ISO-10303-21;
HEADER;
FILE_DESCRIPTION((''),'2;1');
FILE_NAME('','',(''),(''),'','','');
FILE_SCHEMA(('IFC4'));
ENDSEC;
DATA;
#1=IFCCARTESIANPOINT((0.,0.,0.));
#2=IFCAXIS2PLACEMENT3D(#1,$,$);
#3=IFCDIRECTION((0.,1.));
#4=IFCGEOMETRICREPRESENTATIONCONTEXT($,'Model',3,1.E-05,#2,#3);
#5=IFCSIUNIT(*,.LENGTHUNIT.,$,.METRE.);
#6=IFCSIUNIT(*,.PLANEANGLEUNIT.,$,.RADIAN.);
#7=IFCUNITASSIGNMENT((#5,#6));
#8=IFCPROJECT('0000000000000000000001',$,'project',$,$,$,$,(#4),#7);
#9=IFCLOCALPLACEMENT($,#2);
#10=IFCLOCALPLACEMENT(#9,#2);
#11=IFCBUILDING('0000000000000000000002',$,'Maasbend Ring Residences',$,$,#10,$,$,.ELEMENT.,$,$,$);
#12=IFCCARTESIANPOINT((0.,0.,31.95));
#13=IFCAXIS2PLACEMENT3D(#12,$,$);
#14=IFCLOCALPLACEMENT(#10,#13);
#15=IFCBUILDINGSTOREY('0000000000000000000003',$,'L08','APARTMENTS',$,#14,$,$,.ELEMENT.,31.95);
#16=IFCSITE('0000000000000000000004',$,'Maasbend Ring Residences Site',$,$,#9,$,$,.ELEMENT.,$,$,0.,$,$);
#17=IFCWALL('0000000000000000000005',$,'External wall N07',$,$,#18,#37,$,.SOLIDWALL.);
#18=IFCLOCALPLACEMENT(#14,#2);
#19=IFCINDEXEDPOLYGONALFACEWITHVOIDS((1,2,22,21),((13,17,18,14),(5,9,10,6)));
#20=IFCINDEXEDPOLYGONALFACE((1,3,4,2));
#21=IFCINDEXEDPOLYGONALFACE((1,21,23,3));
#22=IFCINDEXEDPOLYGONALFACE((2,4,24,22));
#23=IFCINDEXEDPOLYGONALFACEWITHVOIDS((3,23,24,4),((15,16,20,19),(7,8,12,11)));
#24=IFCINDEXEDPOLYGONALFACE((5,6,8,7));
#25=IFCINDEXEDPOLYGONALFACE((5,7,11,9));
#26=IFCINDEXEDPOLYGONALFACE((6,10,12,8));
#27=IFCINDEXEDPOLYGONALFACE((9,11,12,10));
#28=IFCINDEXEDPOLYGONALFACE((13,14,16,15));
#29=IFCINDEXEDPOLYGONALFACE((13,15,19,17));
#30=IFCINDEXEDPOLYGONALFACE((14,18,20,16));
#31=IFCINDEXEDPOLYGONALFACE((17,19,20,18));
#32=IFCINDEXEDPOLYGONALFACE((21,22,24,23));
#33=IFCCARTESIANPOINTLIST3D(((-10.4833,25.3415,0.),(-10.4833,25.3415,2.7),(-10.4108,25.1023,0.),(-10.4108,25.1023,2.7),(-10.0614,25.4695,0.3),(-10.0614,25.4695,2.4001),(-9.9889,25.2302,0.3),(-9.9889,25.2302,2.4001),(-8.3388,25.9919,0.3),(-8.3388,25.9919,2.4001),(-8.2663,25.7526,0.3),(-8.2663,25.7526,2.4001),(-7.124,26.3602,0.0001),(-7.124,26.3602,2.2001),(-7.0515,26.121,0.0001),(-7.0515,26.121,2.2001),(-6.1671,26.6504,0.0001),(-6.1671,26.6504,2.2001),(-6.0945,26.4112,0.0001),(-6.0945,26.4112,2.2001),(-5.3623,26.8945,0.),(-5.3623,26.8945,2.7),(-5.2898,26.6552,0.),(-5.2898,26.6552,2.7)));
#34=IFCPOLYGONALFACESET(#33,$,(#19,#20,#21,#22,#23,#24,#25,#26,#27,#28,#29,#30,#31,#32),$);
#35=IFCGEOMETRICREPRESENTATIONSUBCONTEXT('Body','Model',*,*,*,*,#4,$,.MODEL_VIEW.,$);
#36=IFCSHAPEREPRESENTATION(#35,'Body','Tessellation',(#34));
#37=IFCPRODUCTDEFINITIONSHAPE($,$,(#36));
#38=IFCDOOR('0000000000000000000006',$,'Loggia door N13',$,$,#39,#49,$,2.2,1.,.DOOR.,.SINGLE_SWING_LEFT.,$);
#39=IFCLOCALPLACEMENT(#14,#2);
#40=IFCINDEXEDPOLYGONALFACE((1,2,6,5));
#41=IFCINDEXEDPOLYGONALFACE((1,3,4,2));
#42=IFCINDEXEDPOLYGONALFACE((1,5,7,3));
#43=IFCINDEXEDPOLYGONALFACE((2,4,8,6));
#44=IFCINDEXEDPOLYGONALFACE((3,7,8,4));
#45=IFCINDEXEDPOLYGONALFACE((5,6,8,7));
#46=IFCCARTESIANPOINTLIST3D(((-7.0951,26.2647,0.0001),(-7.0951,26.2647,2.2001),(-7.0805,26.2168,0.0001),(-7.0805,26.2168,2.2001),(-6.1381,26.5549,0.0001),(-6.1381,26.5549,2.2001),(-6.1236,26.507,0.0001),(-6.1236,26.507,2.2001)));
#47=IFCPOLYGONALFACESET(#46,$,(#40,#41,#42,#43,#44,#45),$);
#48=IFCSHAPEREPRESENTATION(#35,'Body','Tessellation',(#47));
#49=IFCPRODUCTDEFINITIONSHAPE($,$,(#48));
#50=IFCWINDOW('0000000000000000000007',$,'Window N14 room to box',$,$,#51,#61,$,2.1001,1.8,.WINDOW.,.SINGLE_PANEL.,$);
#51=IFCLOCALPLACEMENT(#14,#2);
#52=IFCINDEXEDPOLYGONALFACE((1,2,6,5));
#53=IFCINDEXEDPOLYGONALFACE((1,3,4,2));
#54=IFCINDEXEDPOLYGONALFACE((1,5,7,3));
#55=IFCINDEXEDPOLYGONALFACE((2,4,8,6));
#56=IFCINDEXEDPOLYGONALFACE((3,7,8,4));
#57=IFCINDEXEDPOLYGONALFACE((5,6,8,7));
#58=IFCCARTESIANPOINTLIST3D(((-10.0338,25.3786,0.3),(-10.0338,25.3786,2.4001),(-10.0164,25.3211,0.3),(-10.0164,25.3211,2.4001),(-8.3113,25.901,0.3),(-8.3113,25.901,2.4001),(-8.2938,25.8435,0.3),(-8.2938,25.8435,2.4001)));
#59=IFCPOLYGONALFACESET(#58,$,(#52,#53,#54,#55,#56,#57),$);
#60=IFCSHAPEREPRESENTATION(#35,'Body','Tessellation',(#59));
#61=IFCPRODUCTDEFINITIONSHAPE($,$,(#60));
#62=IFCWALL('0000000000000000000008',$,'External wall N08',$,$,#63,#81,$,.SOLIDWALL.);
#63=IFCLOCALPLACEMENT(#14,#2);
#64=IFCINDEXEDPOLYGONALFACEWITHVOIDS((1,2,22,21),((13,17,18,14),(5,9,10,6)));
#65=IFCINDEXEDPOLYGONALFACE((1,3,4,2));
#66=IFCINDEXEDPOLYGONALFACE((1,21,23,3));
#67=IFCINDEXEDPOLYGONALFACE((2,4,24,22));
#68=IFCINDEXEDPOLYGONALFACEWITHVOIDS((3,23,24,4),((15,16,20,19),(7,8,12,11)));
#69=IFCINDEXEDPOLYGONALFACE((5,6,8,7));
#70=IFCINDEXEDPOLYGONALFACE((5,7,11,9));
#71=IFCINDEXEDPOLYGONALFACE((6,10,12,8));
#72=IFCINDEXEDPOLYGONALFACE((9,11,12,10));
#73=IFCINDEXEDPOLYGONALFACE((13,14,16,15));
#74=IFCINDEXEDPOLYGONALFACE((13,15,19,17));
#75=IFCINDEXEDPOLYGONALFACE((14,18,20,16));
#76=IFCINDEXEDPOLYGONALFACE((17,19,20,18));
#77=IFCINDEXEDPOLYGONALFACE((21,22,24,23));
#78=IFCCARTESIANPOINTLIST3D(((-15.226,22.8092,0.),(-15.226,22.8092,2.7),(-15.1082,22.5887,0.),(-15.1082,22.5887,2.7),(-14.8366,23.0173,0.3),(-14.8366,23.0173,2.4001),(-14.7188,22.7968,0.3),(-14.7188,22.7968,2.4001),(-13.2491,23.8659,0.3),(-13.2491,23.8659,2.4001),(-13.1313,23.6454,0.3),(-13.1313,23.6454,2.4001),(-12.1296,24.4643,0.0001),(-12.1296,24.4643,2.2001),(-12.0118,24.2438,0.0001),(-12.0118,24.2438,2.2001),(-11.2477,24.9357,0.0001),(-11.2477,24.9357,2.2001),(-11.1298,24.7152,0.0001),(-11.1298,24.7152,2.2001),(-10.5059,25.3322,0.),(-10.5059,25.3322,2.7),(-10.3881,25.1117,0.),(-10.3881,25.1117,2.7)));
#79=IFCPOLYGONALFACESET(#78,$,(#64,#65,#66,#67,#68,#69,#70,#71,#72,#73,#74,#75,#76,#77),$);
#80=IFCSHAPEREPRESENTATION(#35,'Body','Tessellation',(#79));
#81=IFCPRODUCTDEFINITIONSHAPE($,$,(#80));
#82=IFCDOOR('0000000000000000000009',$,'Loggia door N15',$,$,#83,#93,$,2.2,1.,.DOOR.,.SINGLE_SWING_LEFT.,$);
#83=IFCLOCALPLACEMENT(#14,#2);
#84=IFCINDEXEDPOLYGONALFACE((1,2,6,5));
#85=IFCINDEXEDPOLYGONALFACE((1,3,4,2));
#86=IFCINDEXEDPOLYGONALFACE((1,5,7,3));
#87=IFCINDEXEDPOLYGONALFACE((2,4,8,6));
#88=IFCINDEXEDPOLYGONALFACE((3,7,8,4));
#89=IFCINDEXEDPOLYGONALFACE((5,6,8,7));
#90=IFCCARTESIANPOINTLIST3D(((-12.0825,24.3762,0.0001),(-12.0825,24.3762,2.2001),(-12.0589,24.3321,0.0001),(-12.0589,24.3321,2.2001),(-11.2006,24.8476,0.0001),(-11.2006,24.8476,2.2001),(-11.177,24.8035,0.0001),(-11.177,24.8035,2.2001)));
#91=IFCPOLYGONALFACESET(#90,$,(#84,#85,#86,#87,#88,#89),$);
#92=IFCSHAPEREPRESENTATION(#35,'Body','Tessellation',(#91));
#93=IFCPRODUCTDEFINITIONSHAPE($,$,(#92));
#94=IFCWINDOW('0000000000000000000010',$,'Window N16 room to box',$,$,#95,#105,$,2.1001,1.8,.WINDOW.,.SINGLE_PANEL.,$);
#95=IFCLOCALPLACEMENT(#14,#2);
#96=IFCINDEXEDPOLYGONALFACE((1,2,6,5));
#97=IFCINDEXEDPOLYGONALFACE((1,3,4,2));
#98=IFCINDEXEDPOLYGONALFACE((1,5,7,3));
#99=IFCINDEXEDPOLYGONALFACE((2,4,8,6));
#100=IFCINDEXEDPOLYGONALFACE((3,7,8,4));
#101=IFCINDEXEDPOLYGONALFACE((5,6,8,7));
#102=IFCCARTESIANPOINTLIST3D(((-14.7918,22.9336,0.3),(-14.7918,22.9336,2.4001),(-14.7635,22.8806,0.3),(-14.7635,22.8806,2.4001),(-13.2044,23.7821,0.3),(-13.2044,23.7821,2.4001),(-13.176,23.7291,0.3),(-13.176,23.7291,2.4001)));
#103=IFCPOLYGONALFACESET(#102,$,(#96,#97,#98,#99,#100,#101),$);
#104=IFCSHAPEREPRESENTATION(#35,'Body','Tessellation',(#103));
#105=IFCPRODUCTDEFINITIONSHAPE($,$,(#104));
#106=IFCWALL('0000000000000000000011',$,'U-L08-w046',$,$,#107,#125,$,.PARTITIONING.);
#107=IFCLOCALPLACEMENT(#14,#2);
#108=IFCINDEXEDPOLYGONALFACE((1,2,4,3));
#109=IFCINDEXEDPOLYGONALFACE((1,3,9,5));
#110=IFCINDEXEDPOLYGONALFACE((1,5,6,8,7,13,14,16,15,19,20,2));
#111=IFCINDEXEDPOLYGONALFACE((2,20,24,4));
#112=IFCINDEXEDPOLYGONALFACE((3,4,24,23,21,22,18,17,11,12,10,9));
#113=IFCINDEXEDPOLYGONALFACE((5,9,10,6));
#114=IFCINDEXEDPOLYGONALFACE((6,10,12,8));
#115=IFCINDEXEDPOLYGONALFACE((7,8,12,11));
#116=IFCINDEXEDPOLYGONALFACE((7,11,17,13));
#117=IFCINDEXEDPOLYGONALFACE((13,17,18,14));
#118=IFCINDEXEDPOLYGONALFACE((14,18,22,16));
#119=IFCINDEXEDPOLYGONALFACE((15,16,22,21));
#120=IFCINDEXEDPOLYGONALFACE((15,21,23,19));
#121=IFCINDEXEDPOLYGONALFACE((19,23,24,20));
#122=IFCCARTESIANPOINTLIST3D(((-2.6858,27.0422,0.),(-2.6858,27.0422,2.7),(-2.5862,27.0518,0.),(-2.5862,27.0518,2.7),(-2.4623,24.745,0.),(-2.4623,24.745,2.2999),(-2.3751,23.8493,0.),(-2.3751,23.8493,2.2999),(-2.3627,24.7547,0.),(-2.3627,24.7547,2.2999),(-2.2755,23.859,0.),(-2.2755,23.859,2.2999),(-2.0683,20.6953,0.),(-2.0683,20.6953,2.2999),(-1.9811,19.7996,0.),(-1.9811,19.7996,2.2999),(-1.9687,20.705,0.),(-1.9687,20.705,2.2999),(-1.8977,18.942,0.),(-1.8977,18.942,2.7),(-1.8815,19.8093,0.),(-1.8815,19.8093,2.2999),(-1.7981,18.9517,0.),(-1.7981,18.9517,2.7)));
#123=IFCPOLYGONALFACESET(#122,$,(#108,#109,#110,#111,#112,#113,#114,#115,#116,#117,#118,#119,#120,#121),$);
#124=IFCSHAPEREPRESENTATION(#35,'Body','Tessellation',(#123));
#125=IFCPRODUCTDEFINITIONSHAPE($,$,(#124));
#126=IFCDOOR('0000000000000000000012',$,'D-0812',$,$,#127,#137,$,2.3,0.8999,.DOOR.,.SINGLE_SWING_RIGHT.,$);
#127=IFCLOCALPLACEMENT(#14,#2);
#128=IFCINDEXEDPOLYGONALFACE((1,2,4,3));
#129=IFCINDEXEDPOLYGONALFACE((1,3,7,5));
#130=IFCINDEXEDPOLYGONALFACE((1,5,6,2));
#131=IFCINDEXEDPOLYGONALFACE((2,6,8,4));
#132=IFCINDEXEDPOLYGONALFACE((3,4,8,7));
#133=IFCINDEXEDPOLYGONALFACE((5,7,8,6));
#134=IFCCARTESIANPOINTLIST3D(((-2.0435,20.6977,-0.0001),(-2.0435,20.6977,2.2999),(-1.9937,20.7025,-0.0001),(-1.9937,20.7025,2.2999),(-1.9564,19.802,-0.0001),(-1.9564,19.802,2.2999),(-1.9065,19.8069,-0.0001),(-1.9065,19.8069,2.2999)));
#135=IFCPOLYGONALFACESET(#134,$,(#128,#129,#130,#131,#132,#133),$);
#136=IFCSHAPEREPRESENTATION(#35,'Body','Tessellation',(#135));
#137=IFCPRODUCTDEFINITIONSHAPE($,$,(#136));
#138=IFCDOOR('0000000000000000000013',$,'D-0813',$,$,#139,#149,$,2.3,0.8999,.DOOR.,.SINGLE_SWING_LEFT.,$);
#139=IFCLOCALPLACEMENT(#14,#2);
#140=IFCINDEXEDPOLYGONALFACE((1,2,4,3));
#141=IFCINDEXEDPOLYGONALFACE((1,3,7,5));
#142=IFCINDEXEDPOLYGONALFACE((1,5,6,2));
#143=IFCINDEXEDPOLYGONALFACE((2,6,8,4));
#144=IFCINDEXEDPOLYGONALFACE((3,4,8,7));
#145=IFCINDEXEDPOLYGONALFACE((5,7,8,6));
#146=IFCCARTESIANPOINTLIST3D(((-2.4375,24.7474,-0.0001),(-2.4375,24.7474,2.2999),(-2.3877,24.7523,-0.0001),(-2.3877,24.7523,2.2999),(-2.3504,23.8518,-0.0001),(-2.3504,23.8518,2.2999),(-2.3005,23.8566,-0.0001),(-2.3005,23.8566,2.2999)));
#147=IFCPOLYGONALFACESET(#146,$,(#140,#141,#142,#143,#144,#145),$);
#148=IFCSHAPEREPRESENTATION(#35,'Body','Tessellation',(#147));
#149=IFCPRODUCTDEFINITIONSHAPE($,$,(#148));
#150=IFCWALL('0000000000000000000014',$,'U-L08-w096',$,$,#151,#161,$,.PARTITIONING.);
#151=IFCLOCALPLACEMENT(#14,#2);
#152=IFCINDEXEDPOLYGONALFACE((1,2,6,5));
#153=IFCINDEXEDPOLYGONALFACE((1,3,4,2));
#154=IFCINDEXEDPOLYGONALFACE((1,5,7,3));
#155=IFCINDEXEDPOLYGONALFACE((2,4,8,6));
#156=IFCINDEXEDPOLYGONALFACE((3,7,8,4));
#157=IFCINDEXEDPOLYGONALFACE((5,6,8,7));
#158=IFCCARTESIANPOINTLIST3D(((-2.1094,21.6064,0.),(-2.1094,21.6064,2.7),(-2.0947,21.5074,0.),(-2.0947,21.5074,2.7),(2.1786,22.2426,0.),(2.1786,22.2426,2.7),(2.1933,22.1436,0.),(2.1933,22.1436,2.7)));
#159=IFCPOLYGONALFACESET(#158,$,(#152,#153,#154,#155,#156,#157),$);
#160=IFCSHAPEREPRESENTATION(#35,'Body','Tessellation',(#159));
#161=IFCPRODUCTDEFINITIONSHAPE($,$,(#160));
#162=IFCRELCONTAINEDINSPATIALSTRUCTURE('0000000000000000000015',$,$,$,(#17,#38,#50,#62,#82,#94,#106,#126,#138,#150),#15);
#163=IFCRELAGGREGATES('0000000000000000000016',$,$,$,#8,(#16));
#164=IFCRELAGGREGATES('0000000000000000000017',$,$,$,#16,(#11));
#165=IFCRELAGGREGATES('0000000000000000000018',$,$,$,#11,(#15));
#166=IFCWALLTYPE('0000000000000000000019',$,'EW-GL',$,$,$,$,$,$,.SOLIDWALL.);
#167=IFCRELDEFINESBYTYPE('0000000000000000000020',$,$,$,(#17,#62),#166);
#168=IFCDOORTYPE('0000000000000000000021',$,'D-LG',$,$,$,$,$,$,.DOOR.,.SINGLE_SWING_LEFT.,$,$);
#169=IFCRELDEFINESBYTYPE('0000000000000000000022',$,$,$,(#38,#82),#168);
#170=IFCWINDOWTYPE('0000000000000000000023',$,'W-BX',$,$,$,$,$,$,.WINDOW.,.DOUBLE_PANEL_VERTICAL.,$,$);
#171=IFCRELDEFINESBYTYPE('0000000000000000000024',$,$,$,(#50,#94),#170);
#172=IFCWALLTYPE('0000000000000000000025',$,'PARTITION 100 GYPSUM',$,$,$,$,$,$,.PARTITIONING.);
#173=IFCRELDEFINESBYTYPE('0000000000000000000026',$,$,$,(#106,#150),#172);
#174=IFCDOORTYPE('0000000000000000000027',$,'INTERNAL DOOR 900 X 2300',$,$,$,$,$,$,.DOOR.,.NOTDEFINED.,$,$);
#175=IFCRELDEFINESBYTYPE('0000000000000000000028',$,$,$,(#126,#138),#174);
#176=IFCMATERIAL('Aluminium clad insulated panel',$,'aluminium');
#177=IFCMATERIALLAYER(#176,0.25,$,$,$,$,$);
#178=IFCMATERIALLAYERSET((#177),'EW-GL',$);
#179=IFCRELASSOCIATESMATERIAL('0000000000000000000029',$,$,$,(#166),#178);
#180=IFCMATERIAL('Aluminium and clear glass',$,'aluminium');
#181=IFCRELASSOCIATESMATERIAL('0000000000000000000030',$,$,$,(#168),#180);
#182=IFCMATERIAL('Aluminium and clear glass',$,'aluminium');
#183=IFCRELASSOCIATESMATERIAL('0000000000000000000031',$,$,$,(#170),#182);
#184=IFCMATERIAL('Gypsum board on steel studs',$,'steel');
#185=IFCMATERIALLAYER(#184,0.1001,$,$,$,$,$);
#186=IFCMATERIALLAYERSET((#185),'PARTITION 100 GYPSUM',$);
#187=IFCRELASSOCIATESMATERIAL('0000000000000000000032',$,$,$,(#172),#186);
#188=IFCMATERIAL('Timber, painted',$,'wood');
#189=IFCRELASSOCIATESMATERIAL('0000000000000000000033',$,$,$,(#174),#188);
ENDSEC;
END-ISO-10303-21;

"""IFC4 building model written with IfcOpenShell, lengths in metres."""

from ifc_helpers import new_model, si_unit, direction, frame, frame_2d, origin, place, context, subcontext, project, spatial, rectangle, extrude, material, layer, layer_set, type_object, element, fill, save


model = new_model("IFC4")

# Units and contexts
model_context = context("Model", 3, precision=1e-05, world=origin(), true_north=direction((0.0, 1.0)))
body_context = subcontext(model_context, "Body", "Model", "MODEL_VIEW")
ifc_project = project(units=[si_unit("LENGTHUNIT", "METRE"), si_unit("PLANEANGLEUNIT", "RADIAN")], contexts=[model_context])

# Site, building, storey
site_placement = place(None, origin())
site = spatial("IfcSite", under=ifc_project, at=site_placement, Name="Maasbend Ring Residences Site", CompositionType="ELEMENT", RefElevation=0.0)
building_placement = place(site_placement, origin())
building = spatial("IfcBuilding", under=site, at=building_placement, Name="Maasbend Ring Residences", CompositionType="ELEMENT")
storey_placement = place(building_placement, frame((0.0, 0.0, 31.95)))
storey = spatial("IfcBuildingStorey", under=building, at=storey_placement, Name="L08", Description="APARTMENTS", CompositionType="ELEMENT", Elevation=31.95)

# Walls, openings, doors, windows
ifc_material_1 = material(Name="Aluminium clad insulated panel", Category="aluminium")
ifc_layer_1 = layer(ifc_material_1, 0.25)
ifc_layer_set_1 = layer_set([ifc_layer_1], Name="EW-GL")
wall_type_1 = type_object("IfcWallType", Name="EW-GL", PredefinedType="SOLIDWALL", material=ifc_layer_set_1)
wall_1_placement = place(storey_placement, frame((-5.3259, 26.7749, 0.0), z_axis=(0.0, 0.0, 1.0), x_axis=(-0.956966, -0.290201, 0.0)))
wall_1 = element("IfcWall", 1, at=wall_1_placement, inside=storey, type_object=wall_type_1, Name="External wall N07", PredefinedType="SOLIDWALL", context=body_context, shape_type="SweptSolid", body=[
    extrude(rectangle(XDim=5.3513, YDim=0.25, at=frame_2d((2.6758, 0.0))), origin(), (0.0, 0.0, 1.0), 2.7),
])
opening_1_placement = place(wall_1_placement, frame((0.8411, 0.0, 0.0)))
opening_1 = element("IfcOpeningElement", 2, at=opening_1_placement, cuts=wall_1, PredefinedType="OPENING", context=body_context, shape_type="SweptSolid", body=[
    extrude(rectangle(XDim=1.0, YDim=2.2, at=frame_2d((0.5, 1.1001))), frame((0.0, 0.135, 0.0), z_axis=(0.0, -1.0, 0.0), x_axis=(1.0, 0.0, 0.0)), (0.0, 0.0, 1.0), 0.27),
])
opening_2_placement = place(wall_1_placement, frame((3.1106, 0.0, 0.3)))
opening_2 = element("IfcOpeningElement", 3, at=opening_2_placement, cuts=wall_1, PredefinedType="OPENING", context=body_context, shape_type="SweptSolid", body=[
    extrude(rectangle(XDim=1.8, YDim=2.1001, at=frame_2d((0.8999, 1.05))), frame((0.0, 0.135, 0.0), z_axis=(0.0, -1.0, 0.0), x_axis=(1.0, 0.0, 0.0)), (0.0, 0.0, 1.0), 0.27),
])
ifc_material_2 = material(Name="Aluminium and clear glass", Category="aluminium")
door_type_1 = type_object("IfcDoorType", Name="D-LG", OperationType="SINGLE_SWING_LEFT", PredefinedType="DOOR", material=ifc_material_2)
door_1_placement = place(opening_1_placement, origin())
door_1 = element("IfcDoor", 4, at=door_1_placement, inside=storey, type_object=door_type_1, Name="Loggia door N13", OperationType="SINGLE_SWING_LEFT", OverallHeight=2.2, OverallWidth=1.0, PredefinedType="DOOR", context=body_context, shape_type="SweptSolid", body=[
    extrude(rectangle(XDim=1.0, YDim=2.2, at=frame_2d((0.5, 1.1001))), frame((0.0, 0.0249, 0.0), z_axis=(0.0, -1.0, 0.0), x_axis=(1.0, 0.0, 0.0)), (0.0, 0.0, 1.0), 0.05),
])
fill(opening_1, door_1)
ifc_material_3 = material(Name="Aluminium and clear glass", Category="aluminium")
window_type_1 = type_object("IfcWindowType", Name="W-BX", PartitioningType="DOUBLE_PANEL_VERTICAL", PredefinedType="WINDOW", material=ifc_material_3)
window_1_placement = place(opening_2_placement, origin())
window_1 = element("IfcWindow", 5, at=window_1_placement, inside=storey, type_object=window_type_1, Name="Window N14 room to box", OverallHeight=2.1001, OverallWidth=1.8, PartitioningType="SINGLE_PANEL", PredefinedType="WINDOW", context=body_context, shape_type="SweptSolid", body=[
    extrude(rectangle(XDim=1.8, YDim=2.1001, at=frame_2d((0.8999, 1.05))), frame((0.0, 0.03, 0.0), z_axis=(0.0, -1.0, 0.0), x_axis=(1.0, 0.0, 0.0)), (0.0, 0.0, 1.0), 0.0601),
])
fill(opening_2, window_1)
wall_2_placement = place(storey_placement, frame((-10.447, 25.2219, 0.0), z_axis=(0.0, 0.0, 1.0), x_axis=(-0.881916, -0.471407, 0.0)))
wall_2 = element("IfcWall", 6, at=wall_2_placement, inside=storey, type_object=wall_type_1, Name="External wall N08", PredefinedType="SOLIDWALL", context=body_context, shape_type="SweptSolid", body=[
    extrude(rectangle(XDim=5.3521, YDim=0.25, at=frame_2d((2.676, 0.0))), origin(), (0.0, 0.0, 1.0), 2.7),
])
opening_3_placement = place(wall_2_placement, frame((0.8411, 0.0, 0.0)))
opening_3 = element("IfcOpeningElement", 7, at=opening_3_placement, cuts=wall_2, PredefinedType="OPENING", context=body_context, shape_type="SweptSolid", body=[
    extrude(rectangle(XDim=1.0, YDim=2.2, at=frame_2d((0.5, 1.1001))), frame((0.0, 0.135, 0.0), z_axis=(0.0, -1.0, 0.0), x_axis=(1.0, 0.0, 0.0)), (0.0, 0.0, 1.0), 0.27),
])
opening_4_placement = place(wall_2_placement, frame((3.1106, 0.0, 0.3)))
opening_4 = element("IfcOpeningElement", 8, at=opening_4_placement, cuts=wall_2, PredefinedType="OPENING", context=body_context, shape_type="SweptSolid", body=[
    extrude(rectangle(XDim=1.8, YDim=2.1001, at=frame_2d((0.8999, 1.05))), frame((0.0, 0.135, 0.0), z_axis=(0.0, -1.0, 0.0), x_axis=(1.0, 0.0, 0.0)), (0.0, 0.0, 1.0), 0.27),
])
door_2_placement = place(opening_3_placement, origin())
door_2 = element("IfcDoor", 9, at=door_2_placement, inside=storey, type_object=door_type_1, Name="Loggia door N15", OperationType="SINGLE_SWING_LEFT", OverallHeight=2.2, OverallWidth=1.0, PredefinedType="DOOR", context=body_context, shape_type="SweptSolid", body=[
    extrude(rectangle(XDim=1.0, YDim=2.2, at=frame_2d((0.5, 1.1001))), frame((0.0, 0.0249, 0.0), z_axis=(0.0, -1.0, 0.0), x_axis=(1.0, 0.0, 0.0)), (0.0, 0.0, 1.0), 0.05),
])
fill(opening_3, door_2)
window_2_placement = place(opening_4_placement, origin())
window_2 = element("IfcWindow", 10, at=window_2_placement, inside=storey, type_object=window_type_1, Name="Window N16 room to box", OverallHeight=2.1001, OverallWidth=1.8, PartitioningType="SINGLE_PANEL", PredefinedType="WINDOW", context=body_context, shape_type="SweptSolid", body=[
    extrude(rectangle(XDim=1.8, YDim=2.1001, at=frame_2d((0.8999, 1.05))), frame((0.0, 0.03, 0.0), z_axis=(0.0, -1.0, 0.0), x_axis=(1.0, 0.0, 0.0)), (0.0, 0.0, 1.0), 0.0601),
])
fill(opening_4, window_2)

# Wall, openings, doors
ifc_material_4 = material(Name="Gypsum board on steel studs", Category="steel")
ifc_layer_2 = layer(ifc_material_4, 0.1001)
ifc_layer_set_2 = layer_set([ifc_layer_2], Name="PARTITION 100 GYPSUM")
wall_type_2 = type_object("IfcWallType", Name="PARTITION 100 GYPSUM", PredefinedType="PARTITIONING", material=ifc_layer_set_2)
wall_3_placement = place(storey_placement, frame((-2.636, 27.0471, 0.0), z_axis=(0.0, 0.0, 1.0), x_axis=(0.096836, -0.9953, 0.0)))
wall_3 = element("IfcWall", 11, at=wall_3_placement, inside=storey, type_object=wall_type_2, Name="U-L08-w046", PredefinedType="PARTITIONING", context=body_context, shape_type="SweptSolid", body=[
    extrude(rectangle(XDim=8.1384, YDim=0.1001, at=frame_2d((4.0693, 0.0))), origin(), (0.0, 0.0, 1.0), 2.7),
])
opening_5_placement = place(wall_3_placement, frame((6.377, 0.0, 0.0)))
opening_5 = element("IfcOpeningElement", 12, at=opening_5_placement, cuts=wall_3, PredefinedType="OPENING", context=body_context, shape_type="SweptSolid", body=[
    extrude(rectangle(XDim=0.8999, YDim=2.3, at=frame_2d((0.45, 1.1499))), frame((0.0, 0.0601, 0.0), z_axis=(0.0, -1.0, 0.0), x_axis=(1.0, 0.0, 0.0)), (0.0, 0.0, 1.0), 0.1201),
])
opening_6_placement = place(wall_3_placement, frame((2.3081, 0.0, 0.0)))
opening_6 = element("IfcOpeningElement", 13, at=opening_6_placement, cuts=wall_3, PredefinedType="OPENING", context=body_context, shape_type="SweptSolid", body=[
    extrude(rectangle(XDim=0.8999, YDim=2.3, at=frame_2d((0.45, 1.1499))), frame((0.0, 0.0601, 0.0), z_axis=(0.0, -1.0, 0.0), x_axis=(1.0, 0.0, 0.0)), (0.0, 0.0, 1.0), 0.1201),
])
ifc_material_5 = material(Name="Timber, painted", Category="wood")
door_type_2 = type_object("IfcDoorType", Name="INTERNAL DOOR 900 X 2300", OperationType="NOTDEFINED", PredefinedType="DOOR", material=ifc_material_5)
door_3_placement = place(opening_5_placement, origin())
door_3 = element("IfcDoor", 14, at=door_3_placement, inside=storey, type_object=door_type_2, Name="D-0812", OperationType="SINGLE_SWING_RIGHT", OverallHeight=2.3, OverallWidth=0.8999, PredefinedType="DOOR", context=body_context, shape_type="SweptSolid", body=[
    extrude(rectangle(XDim=0.8999, YDim=2.3, at=frame_2d((0.45, 1.1499))), frame((0.0, 0.0249, 0.0), z_axis=(0.0, -1.0, 0.0), x_axis=(1.0, 0.0, 0.0)), (0.0, 0.0, 1.0), 0.05),
])
fill(opening_5, door_3)
door_4_placement = place(opening_6_placement, origin())
door_4 = element("IfcDoor", 15, at=door_4_placement, inside=storey, type_object=door_type_2, Name="D-0813", OperationType="SINGLE_SWING_LEFT", OverallHeight=2.3, OverallWidth=0.8999, PredefinedType="DOOR", context=body_context, shape_type="SweptSolid", body=[
    extrude(rectangle(XDim=0.8999, YDim=2.3, at=frame_2d((0.45, 1.1499))), frame((0.0, 0.0249, 0.0), z_axis=(0.0, -1.0, 0.0), x_axis=(1.0, 0.0, 0.0)), (0.0, 0.0, 1.0), 0.05),
])
fill(opening_6, door_4)

# Wall
wall_4_placement = place(storey_placement, frame((-2.1021, 21.5569, 0.0), z_axis=(0.0, 0.0, 1.0), x_axis=(0.989171, 0.146765, 0.0)))
element("IfcWall", 16, at=wall_4_placement, inside=storey, type_object=wall_type_2, Name="U-L08-w096", PredefinedType="PARTITIONING", context=body_context, shape_type="SweptSolid", body=[
    extrude(rectangle(XDim=4.335, YDim=0.1001, at=frame_2d((2.1675, 0.0))), origin(), (0.0, 0.0, 1.0), 2.7),
])

save(model, "model.ifc")
